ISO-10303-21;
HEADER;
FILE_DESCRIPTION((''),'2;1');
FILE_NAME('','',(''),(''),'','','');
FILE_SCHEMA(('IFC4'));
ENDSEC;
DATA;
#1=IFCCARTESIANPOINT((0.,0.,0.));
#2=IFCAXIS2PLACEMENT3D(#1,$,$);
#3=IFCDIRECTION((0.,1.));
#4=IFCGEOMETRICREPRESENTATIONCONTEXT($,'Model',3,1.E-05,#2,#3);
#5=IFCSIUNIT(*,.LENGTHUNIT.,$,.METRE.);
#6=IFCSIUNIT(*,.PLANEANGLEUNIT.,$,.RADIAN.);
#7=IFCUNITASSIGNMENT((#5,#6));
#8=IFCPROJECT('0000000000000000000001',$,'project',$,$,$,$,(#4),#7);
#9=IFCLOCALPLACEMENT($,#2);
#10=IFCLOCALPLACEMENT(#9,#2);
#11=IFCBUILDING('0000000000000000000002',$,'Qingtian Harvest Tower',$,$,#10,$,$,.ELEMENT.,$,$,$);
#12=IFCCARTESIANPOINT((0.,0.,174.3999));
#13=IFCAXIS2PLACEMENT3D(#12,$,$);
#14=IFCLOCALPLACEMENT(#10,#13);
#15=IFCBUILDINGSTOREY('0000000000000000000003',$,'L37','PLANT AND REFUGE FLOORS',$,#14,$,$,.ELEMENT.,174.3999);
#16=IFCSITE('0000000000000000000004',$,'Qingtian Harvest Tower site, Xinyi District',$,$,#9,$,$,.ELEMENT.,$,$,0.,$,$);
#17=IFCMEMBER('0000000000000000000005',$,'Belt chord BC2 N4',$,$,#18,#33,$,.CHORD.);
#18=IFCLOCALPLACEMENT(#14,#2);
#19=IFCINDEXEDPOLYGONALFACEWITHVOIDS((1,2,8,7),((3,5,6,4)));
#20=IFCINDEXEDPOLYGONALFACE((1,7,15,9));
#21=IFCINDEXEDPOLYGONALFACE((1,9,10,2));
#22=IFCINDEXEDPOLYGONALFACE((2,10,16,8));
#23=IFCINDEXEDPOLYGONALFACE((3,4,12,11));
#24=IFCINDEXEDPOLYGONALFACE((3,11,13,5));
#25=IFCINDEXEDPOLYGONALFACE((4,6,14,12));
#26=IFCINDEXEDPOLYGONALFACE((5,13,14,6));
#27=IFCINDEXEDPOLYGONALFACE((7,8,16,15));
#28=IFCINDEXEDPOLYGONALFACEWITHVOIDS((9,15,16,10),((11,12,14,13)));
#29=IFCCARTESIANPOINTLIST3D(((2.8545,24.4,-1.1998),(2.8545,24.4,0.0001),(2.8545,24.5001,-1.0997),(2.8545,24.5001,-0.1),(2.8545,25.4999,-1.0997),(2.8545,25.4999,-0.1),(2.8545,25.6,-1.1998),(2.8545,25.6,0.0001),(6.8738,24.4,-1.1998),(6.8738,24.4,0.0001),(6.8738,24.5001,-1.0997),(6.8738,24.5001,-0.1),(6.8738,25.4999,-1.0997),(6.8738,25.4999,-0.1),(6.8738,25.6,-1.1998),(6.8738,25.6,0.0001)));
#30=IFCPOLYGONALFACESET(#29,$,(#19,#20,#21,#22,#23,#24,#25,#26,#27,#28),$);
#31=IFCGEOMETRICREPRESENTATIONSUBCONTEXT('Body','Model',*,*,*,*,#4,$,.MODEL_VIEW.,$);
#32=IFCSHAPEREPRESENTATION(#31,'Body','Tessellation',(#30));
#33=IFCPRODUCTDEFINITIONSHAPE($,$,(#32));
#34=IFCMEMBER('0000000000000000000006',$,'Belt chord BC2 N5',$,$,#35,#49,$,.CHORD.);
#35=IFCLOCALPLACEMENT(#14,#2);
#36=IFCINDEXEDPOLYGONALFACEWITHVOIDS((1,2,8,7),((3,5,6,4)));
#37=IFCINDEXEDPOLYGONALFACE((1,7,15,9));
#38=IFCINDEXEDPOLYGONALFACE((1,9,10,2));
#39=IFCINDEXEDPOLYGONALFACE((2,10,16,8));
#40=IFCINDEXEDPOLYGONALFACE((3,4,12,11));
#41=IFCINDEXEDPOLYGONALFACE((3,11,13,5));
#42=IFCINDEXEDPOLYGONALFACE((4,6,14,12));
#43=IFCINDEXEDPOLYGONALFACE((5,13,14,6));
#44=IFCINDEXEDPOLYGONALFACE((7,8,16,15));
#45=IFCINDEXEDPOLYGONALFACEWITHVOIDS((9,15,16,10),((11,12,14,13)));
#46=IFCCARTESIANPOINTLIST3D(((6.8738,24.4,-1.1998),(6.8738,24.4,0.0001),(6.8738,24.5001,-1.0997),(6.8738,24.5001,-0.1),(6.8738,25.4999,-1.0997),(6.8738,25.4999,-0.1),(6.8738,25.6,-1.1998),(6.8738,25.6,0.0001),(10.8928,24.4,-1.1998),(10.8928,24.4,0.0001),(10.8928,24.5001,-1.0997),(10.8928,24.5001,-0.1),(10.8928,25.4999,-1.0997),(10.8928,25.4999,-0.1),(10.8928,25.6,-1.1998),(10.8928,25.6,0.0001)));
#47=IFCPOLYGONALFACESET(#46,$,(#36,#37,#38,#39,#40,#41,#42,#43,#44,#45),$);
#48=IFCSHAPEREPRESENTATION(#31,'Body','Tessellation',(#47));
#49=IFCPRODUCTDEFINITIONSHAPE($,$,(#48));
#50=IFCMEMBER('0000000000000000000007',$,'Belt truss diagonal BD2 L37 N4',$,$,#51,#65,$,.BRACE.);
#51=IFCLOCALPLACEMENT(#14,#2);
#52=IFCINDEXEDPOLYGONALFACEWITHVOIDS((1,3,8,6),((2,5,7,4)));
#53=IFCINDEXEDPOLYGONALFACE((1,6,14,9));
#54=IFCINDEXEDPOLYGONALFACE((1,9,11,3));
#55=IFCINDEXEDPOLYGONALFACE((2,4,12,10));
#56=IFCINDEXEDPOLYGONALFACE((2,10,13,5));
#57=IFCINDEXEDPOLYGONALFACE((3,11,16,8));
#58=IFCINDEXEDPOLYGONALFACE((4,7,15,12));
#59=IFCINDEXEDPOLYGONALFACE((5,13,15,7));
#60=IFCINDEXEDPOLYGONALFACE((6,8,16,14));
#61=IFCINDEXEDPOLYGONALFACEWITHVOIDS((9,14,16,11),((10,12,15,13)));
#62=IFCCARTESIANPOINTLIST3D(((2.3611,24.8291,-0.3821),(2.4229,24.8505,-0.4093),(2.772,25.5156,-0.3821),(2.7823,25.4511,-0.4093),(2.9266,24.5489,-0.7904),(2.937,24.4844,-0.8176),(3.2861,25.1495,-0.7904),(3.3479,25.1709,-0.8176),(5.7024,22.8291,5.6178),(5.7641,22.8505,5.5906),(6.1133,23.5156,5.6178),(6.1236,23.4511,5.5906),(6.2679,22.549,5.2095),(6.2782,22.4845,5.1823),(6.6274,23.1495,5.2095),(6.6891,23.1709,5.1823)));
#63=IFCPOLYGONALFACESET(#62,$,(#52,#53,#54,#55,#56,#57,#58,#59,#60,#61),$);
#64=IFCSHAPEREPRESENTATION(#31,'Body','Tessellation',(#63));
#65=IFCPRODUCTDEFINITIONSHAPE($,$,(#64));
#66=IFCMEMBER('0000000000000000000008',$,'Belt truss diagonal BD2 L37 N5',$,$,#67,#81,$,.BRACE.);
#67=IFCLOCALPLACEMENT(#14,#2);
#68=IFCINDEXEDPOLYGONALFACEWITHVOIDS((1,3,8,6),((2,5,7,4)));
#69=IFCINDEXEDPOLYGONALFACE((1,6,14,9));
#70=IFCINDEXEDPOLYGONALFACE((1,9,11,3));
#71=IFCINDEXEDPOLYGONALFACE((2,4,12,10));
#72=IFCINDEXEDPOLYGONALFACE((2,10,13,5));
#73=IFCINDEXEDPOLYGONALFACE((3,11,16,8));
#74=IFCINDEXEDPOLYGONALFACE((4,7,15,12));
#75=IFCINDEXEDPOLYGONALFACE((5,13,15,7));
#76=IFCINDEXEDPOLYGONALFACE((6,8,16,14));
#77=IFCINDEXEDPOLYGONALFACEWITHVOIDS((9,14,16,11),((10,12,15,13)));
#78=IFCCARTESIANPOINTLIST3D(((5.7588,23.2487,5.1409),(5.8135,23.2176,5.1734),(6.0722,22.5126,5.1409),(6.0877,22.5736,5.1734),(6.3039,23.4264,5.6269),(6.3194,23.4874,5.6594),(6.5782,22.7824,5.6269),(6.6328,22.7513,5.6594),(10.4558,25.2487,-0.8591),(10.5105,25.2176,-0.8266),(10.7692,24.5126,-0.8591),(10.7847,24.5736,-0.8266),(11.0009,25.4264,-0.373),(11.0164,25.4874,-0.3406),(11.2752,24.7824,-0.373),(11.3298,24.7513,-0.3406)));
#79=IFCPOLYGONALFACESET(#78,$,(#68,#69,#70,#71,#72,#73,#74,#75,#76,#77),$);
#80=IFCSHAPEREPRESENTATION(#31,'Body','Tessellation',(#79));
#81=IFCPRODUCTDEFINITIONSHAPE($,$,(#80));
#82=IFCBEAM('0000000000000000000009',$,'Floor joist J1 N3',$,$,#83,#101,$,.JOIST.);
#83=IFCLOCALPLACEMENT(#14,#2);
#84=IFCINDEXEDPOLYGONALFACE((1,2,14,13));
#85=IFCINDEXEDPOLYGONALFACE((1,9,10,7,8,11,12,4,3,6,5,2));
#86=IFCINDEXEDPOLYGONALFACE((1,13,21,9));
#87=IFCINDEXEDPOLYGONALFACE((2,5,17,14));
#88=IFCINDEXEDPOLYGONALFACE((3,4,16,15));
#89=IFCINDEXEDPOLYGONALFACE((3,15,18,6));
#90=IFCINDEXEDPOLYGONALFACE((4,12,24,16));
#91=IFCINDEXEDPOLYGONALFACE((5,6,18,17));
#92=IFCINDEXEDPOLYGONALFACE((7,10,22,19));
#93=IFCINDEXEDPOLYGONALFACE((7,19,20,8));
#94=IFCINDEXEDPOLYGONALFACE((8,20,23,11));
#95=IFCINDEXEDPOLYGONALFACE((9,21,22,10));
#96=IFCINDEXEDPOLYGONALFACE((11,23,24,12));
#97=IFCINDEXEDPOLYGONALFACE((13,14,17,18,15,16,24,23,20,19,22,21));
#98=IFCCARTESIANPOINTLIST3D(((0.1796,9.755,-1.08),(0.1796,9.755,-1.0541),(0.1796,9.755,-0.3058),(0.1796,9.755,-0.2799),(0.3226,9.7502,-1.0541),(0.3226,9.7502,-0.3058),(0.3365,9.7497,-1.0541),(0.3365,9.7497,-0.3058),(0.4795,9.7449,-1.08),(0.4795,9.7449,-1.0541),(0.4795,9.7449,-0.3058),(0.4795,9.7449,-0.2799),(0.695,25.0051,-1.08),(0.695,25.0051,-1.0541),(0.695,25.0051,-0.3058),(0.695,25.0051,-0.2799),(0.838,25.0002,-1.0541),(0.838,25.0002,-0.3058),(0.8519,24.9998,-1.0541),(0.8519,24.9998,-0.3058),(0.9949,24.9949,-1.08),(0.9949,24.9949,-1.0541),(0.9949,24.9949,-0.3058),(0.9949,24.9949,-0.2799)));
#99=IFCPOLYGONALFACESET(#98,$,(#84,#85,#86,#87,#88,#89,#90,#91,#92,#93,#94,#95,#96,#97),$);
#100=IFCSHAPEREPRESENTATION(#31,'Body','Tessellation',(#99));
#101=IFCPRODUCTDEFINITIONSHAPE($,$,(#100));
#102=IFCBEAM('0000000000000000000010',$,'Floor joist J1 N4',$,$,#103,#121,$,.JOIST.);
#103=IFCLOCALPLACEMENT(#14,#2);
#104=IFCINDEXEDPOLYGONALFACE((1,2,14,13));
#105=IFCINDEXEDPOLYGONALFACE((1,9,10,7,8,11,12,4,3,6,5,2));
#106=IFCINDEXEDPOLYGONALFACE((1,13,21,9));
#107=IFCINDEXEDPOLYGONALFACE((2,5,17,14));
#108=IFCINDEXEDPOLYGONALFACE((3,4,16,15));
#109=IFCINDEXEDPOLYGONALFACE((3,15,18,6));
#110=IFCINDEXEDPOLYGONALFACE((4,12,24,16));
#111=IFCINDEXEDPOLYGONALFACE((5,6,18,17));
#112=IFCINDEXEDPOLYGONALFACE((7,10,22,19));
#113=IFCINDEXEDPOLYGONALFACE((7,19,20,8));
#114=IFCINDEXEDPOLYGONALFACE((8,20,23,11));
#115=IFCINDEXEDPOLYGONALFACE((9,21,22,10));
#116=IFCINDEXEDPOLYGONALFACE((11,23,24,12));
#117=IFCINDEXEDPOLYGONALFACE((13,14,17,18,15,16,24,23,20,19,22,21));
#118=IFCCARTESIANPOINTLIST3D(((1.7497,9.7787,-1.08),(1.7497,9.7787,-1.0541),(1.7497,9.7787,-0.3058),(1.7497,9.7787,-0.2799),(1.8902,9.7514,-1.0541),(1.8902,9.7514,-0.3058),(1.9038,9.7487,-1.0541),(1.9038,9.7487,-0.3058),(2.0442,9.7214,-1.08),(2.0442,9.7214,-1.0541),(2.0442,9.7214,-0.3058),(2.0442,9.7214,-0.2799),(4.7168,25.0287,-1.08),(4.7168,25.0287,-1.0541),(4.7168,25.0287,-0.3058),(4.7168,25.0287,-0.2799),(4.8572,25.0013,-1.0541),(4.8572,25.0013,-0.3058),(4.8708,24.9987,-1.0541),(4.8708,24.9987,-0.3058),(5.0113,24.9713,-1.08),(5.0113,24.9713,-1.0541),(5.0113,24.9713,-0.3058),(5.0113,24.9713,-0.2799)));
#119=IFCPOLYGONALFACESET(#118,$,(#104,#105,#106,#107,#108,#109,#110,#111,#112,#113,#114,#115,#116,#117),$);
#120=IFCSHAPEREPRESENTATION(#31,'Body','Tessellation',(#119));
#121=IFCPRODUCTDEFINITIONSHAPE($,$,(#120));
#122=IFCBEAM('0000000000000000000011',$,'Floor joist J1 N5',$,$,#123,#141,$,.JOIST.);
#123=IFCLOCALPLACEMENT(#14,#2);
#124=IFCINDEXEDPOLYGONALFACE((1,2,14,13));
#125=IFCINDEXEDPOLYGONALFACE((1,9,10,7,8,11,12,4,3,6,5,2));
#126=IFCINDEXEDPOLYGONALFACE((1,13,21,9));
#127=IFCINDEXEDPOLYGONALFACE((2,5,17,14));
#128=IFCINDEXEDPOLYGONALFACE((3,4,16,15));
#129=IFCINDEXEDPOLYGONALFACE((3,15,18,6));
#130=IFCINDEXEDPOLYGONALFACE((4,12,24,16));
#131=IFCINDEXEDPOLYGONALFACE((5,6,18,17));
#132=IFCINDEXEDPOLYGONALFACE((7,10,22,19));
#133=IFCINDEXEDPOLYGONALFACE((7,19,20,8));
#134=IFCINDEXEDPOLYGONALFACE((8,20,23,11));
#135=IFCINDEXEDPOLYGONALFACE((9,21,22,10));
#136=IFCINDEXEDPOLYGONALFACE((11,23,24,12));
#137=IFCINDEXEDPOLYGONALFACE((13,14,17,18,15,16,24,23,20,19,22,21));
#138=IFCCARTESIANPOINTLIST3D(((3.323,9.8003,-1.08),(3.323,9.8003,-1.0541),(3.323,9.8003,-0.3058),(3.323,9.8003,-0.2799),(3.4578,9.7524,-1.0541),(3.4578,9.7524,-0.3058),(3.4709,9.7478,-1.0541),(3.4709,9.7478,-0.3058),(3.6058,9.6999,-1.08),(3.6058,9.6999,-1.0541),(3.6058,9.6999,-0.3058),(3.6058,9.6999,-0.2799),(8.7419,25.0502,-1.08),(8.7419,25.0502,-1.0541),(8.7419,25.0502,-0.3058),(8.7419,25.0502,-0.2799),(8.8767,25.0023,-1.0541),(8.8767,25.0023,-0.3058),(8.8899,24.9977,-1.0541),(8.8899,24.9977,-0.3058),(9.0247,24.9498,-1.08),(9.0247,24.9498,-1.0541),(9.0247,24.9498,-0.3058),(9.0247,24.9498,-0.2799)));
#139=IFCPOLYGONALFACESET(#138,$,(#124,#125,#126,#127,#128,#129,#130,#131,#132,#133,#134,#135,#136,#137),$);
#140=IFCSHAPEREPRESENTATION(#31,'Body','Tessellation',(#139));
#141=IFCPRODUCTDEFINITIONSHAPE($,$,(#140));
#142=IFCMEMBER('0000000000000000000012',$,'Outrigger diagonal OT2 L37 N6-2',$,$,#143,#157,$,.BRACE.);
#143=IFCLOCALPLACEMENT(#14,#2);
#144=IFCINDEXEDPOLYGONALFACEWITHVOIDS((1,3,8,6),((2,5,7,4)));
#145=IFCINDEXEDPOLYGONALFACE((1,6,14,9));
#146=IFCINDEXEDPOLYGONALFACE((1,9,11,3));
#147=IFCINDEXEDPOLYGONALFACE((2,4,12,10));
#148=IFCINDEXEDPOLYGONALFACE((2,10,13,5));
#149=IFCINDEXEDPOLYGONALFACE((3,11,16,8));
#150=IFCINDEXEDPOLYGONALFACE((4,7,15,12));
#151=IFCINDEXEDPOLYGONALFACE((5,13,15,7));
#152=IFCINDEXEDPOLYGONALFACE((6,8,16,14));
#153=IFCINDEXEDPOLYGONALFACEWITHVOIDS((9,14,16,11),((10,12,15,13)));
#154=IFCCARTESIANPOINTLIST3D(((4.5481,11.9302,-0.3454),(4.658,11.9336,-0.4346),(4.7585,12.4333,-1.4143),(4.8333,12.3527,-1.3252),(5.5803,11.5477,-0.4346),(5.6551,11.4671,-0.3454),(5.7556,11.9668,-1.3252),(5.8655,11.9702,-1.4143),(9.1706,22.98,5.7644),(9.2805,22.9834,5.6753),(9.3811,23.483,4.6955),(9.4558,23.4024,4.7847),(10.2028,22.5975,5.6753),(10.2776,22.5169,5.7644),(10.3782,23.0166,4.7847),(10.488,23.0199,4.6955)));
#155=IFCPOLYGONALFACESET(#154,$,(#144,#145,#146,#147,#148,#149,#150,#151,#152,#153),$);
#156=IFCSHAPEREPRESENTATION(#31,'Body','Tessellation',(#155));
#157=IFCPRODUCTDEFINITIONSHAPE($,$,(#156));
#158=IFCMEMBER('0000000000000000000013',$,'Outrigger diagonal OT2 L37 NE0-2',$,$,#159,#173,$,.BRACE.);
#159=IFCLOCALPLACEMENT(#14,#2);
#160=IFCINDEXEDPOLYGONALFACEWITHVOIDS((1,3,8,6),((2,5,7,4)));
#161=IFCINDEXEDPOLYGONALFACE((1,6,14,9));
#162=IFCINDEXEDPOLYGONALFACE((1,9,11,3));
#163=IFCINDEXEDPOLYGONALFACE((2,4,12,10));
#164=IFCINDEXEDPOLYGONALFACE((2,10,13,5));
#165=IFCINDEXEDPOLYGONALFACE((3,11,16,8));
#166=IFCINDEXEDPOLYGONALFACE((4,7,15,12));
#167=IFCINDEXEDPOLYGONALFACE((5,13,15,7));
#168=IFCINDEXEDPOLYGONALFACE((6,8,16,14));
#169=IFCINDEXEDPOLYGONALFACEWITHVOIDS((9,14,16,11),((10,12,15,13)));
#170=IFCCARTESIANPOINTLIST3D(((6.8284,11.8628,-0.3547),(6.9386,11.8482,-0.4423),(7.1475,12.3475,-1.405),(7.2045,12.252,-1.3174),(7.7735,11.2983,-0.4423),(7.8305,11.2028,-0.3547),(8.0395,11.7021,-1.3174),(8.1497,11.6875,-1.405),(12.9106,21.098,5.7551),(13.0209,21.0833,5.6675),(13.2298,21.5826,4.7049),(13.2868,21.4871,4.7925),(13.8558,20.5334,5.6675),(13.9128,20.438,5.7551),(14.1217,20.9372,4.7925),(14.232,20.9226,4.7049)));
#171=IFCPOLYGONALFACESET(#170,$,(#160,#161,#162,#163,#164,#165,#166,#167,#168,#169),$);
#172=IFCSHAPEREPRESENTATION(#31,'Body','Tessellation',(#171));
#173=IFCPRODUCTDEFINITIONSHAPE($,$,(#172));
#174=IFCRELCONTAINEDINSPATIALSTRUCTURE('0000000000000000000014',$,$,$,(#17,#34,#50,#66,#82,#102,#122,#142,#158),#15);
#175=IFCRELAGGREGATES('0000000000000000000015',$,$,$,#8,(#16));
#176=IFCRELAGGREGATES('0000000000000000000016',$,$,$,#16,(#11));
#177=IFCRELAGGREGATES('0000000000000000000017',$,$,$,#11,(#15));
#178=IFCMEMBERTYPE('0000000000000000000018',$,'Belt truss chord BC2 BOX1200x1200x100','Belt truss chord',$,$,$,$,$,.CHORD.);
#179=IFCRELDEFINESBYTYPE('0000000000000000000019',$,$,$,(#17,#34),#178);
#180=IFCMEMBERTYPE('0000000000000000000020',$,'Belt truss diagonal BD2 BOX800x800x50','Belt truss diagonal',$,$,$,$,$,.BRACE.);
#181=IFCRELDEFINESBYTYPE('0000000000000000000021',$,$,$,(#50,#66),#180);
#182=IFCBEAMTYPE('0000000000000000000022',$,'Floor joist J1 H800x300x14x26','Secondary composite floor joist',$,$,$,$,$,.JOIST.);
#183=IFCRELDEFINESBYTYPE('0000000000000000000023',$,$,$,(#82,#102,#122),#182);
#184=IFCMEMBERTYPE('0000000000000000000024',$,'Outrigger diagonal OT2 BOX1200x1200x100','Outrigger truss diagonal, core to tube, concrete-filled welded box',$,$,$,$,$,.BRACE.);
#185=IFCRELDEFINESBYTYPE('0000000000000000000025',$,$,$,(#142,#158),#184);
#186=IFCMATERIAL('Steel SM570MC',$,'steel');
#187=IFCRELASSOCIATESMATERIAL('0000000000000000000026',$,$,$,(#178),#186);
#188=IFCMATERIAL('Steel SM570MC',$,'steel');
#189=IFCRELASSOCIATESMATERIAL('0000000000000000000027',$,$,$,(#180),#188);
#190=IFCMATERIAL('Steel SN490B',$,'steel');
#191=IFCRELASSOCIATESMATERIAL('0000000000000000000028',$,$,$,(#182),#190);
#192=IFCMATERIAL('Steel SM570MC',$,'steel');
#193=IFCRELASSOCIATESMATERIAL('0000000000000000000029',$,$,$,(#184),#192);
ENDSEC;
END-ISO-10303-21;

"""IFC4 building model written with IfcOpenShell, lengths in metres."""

from ifc_helpers import new_model, si_unit, direction, frame, origin, origin_2d, place, context, subcontext, project, spatial, hollow_rectangle, i_section, extrude, material, material_profile, profile_set, type_object, element, save


model = new_model("IFC4")

# Units and contexts
model_context = context("Model", 3, precision=1e-05, world=origin(), true_north=direction((0.0, 1.0)))
body_context = subcontext(model_context, "Body", "Model", "MODEL_VIEW")
ifc_project = project(units=[si_unit("LENGTHUNIT", "METRE"), si_unit("PLANEANGLEUNIT", "RADIAN")], contexts=[model_context])

# Site, building, storey
site_placement = place(None, origin())
site = spatial("IfcSite", under=ifc_project, at=site_placement, Name="Qingtian Harvest Tower site, Xinyi District", CompositionType="ELEMENT", RefElevation=0.0)
building_placement = place(site_placement, origin())
building = spatial("IfcBuilding", under=site, at=building_placement, Name="Qingtian Harvest Tower", CompositionType="ELEMENT")
storey_placement = place(building_placement, frame((0.0, 0.0, 174.3999)))
storey = spatial("IfcBuildingStorey", under=building, at=storey_placement, Name="L37", Description="PLANT AND REFUGE FLOORS", CompositionType="ELEMENT", Elevation=174.3999)

# Members
ifc_material_1 = material(Name="Steel SM570MC", Category="steel")
ifc_material_profile_1 = material_profile(ifc_material_1, hollow_rectangle(XDim=1.2, YDim=1.2, WallThickness=0.1001, at=origin_2d()), Name="BOX1200x1200x100")
ifc_profile_set_1 = profile_set([ifc_material_profile_1], Name="Steel SM570MC")
member_type_1 = type_object("IfcMemberType", Name="Belt truss chord BC2 BOX1200x1200x100", Description="Belt truss chord", PredefinedType="CHORD", material=ifc_profile_set_1)
member_1_placement = place(storey_placement, frame((2.8545, 25.0, -0.5999), z_axis=(1.0, 0.0, 0.0), x_axis=(0.0, 1.0, 0.0)))
element("IfcMember", 1, at=member_1_placement, inside=storey, type_object=member_type_1, Name="Belt chord BC2 N4", PredefinedType="CHORD", context=body_context, shape_type="SweptSolid", body=[
    extrude(hollow_rectangle(XDim=1.2, YDim=1.2, WallThickness=0.1001, at=origin_2d()), origin(), (0.0, 0.0, 1.0), 4.0193),
])
member_2_placement = place(storey_placement, frame((6.8738, 25.0, -0.5999), z_axis=(1.0, 0.0, 0.0), x_axis=(0.0, 1.0, 0.0)))
element("IfcMember", 2, at=member_2_placement, inside=storey, type_object=member_type_1, Name="Belt chord BC2 N5", PredefinedType="CHORD", context=body_context, shape_type="SweptSolid", body=[
    extrude(hollow_rectangle(XDim=1.2, YDim=1.2, WallThickness=0.1001, at=origin_2d()), origin(), (0.0, 0.0, 1.0), 4.019),
])
ifc_material_2 = material(Name="Steel SM570MC", Category="steel")
ifc_material_profile_2 = material_profile(ifc_material_2, hollow_rectangle(XDim=0.8, YDim=0.8, WallThickness=0.05, at=origin_2d()), Name="BOX800x800x50")
ifc_profile_set_2 = profile_set([ifc_material_profile_2], Name="Steel SM570MC")
member_type_2 = type_object("IfcMemberType", Name="Belt truss diagonal BD2 BOX800x800x50", Description="Belt truss diagonal", PredefinedType="BRACE", material=ifc_profile_set_2)
member_3_placement = place(storey_placement, frame((2.8545, 25.0, -0.5999), z_axis=(0.467125, -0.279606, 0.838818), x_axis=(0.513592, 0.858035, 0.0)))
element("IfcMember", 3, at=member_3_placement, inside=storey, type_object=member_type_2, Name="Belt truss diagonal BD2 L37 N4", PredefinedType="BRACE", context=body_context, shape_type="SweptSolid", body=[
    extrude(hollow_rectangle(XDim=0.8, YDim=0.8, WallThickness=0.05, at=origin_2d()), origin(), (0.0, 0.0, 1.0), 7.1528),
])
member_4_placement = place(storey_placement, frame((6.1958, 23.0, 5.4001), z_axis=(0.596224, 0.253873, -0.76162), x_axis=(-0.391765, 0.920065, 0.0)))
element("IfcMember", 4, at=member_4_placement, inside=storey, type_object=member_type_2, Name="Belt truss diagonal BD2 L37 N5", PredefinedType="BRACE", context=body_context, shape_type="SweptSolid", body=[
    extrude(hollow_rectangle(XDim=0.8, YDim=0.8, WallThickness=0.05, at=origin_2d()), origin(), (0.0, 0.0, 1.0), 7.8779),
])

# Beams
ifc_material_3 = material(Name="Steel SN490B", Category="steel")
ifc_material_profile_3 = material_profile(ifc_material_3, i_section(OverallWidth=0.3, OverallDepth=0.8, WebThickness=0.0139, FlangeThickness=0.0259, at=origin_2d()), Name="H800x300x14x26")
ifc_profile_set_3 = profile_set([ifc_material_profile_3], Name="Steel SN490B")
beam_type_1 = type_object("IfcBeamType", Name="Floor joist J1 H800x300x14x26", Description="Secondary composite floor joist", PredefinedType="JOIST", material=ifc_profile_set_3)
beam_1_placement = place(storey_placement, frame((0.845, 25.0, -0.6799), z_axis=(-0.033776, -0.999429, 0.0), x_axis=(0.999429, -0.033776, 0.0)))
element("IfcBeam", 5, at=beam_1_placement, inside=storey, type_object=beam_type_1, Name="Floor joist J1 N3", PredefinedType="JOIST", context=body_context, shape_type="SweptSolid", body=[
    extrude(i_section(OverallWidth=0.3, OverallDepth=0.8, WebThickness=0.0139, FlangeThickness=0.0259, at=origin_2d()), origin(), (0.0, 0.0, 1.0), 15.2588),
])
beam_2_placement = place(storey_placement, frame((4.864, 25.0, -0.6799), z_axis=(-0.190979, -0.981594, 0.0), x_axis=(0.981594, -0.190979, 0.0)))
element("IfcBeam", 6, at=beam_2_placement, inside=storey, type_object=beam_type_1, Name="Floor joist J1 N4", PredefinedType="JOIST", context=body_context, shape_type="SweptSolid", body=[
    extrude(i_section(OverallWidth=0.3, OverallDepth=0.8, WebThickness=0.0139, FlangeThickness=0.0259, at=origin_2d()), origin(), (0.0, 0.0, 1.0), 15.5359),
])
beam_3_placement = place(storey_placement, frame((8.8833, 25.0, -0.6799), z_axis=(-0.33483, -0.942279, 0.0), x_axis=(0.942279, -0.33483, 0.0)))
element("IfcBeam", 7, at=beam_3_placement, inside=storey, type_object=beam_type_1, Name="Floor joist J1 N5", PredefinedType="JOIST", context=body_context, shape_type="SweptSolid", body=[
    extrude(i_section(OverallWidth=0.3, OverallDepth=0.8, WebThickness=0.0139, FlangeThickness=0.0259, at=origin_2d()), origin(), (0.0, 0.0, 1.0), 16.1841),
])

# Members
ifc_material_4 = material(Name="Steel SM570MC", Category="steel")
ifc_material_profile_4 = material_profile(ifc_material_4, hollow_rectangle(XDim=1.2, YDim=1.2, WallThickness=0.1001, at=origin_2d()), Name="BOX1200x1200x100")
ifc_profile_set_4 = profile_set([ifc_material_profile_4], Name="Steel SM570MC")
member_type_3 = type_object("IfcMemberType", Name="Outrigger diagonal OT2 BOX1200x1200x100", Description="Outrigger truss diagonal, core to tube, concrete-filled welded box", PredefinedType="BRACE", material=ifc_profile_set_4)
member_5_placement = place(storey_placement, frame((5.2068, 11.9502, -0.8799), z_axis=(0.343785, 0.821787, 0.454398), x_axis=(-0.922528, 0.385929, 0.0)))
element("IfcMember", 8, at=member_5_placement, inside=storey, type_object=member_type_3, Name="Outrigger diagonal OT2 L37 N6-2", PredefinedType="BRACE", context=body_context, shape_type="SweptSolid", body=[
    extrude(hollow_rectangle(XDim=1.2, YDim=1.2, WallThickness=0.1001, at=origin_2d()), origin(), (0.0, 0.0, 1.0), 13.446),
])
member_6_placement = place(storey_placement, frame((7.489, 11.7751, -0.8799), z_axis=(0.481431, 0.730987, 0.483614), x_axis=(-0.835145, 0.55003, 0.0)))
element("IfcMember", 9, at=member_6_placement, inside=storey, type_object=member_type_3, Name="Outrigger diagonal OT2 L37 NE0-2", PredefinedType="BRACE", context=body_context, shape_type="SweptSolid", body=[
    extrude(hollow_rectangle(XDim=1.2, YDim=1.2, WallThickness=0.1001, at=origin_2d()), origin(), (0.0, 0.0, 1.0), 12.6338),
])

save(model, "model.ifc")
